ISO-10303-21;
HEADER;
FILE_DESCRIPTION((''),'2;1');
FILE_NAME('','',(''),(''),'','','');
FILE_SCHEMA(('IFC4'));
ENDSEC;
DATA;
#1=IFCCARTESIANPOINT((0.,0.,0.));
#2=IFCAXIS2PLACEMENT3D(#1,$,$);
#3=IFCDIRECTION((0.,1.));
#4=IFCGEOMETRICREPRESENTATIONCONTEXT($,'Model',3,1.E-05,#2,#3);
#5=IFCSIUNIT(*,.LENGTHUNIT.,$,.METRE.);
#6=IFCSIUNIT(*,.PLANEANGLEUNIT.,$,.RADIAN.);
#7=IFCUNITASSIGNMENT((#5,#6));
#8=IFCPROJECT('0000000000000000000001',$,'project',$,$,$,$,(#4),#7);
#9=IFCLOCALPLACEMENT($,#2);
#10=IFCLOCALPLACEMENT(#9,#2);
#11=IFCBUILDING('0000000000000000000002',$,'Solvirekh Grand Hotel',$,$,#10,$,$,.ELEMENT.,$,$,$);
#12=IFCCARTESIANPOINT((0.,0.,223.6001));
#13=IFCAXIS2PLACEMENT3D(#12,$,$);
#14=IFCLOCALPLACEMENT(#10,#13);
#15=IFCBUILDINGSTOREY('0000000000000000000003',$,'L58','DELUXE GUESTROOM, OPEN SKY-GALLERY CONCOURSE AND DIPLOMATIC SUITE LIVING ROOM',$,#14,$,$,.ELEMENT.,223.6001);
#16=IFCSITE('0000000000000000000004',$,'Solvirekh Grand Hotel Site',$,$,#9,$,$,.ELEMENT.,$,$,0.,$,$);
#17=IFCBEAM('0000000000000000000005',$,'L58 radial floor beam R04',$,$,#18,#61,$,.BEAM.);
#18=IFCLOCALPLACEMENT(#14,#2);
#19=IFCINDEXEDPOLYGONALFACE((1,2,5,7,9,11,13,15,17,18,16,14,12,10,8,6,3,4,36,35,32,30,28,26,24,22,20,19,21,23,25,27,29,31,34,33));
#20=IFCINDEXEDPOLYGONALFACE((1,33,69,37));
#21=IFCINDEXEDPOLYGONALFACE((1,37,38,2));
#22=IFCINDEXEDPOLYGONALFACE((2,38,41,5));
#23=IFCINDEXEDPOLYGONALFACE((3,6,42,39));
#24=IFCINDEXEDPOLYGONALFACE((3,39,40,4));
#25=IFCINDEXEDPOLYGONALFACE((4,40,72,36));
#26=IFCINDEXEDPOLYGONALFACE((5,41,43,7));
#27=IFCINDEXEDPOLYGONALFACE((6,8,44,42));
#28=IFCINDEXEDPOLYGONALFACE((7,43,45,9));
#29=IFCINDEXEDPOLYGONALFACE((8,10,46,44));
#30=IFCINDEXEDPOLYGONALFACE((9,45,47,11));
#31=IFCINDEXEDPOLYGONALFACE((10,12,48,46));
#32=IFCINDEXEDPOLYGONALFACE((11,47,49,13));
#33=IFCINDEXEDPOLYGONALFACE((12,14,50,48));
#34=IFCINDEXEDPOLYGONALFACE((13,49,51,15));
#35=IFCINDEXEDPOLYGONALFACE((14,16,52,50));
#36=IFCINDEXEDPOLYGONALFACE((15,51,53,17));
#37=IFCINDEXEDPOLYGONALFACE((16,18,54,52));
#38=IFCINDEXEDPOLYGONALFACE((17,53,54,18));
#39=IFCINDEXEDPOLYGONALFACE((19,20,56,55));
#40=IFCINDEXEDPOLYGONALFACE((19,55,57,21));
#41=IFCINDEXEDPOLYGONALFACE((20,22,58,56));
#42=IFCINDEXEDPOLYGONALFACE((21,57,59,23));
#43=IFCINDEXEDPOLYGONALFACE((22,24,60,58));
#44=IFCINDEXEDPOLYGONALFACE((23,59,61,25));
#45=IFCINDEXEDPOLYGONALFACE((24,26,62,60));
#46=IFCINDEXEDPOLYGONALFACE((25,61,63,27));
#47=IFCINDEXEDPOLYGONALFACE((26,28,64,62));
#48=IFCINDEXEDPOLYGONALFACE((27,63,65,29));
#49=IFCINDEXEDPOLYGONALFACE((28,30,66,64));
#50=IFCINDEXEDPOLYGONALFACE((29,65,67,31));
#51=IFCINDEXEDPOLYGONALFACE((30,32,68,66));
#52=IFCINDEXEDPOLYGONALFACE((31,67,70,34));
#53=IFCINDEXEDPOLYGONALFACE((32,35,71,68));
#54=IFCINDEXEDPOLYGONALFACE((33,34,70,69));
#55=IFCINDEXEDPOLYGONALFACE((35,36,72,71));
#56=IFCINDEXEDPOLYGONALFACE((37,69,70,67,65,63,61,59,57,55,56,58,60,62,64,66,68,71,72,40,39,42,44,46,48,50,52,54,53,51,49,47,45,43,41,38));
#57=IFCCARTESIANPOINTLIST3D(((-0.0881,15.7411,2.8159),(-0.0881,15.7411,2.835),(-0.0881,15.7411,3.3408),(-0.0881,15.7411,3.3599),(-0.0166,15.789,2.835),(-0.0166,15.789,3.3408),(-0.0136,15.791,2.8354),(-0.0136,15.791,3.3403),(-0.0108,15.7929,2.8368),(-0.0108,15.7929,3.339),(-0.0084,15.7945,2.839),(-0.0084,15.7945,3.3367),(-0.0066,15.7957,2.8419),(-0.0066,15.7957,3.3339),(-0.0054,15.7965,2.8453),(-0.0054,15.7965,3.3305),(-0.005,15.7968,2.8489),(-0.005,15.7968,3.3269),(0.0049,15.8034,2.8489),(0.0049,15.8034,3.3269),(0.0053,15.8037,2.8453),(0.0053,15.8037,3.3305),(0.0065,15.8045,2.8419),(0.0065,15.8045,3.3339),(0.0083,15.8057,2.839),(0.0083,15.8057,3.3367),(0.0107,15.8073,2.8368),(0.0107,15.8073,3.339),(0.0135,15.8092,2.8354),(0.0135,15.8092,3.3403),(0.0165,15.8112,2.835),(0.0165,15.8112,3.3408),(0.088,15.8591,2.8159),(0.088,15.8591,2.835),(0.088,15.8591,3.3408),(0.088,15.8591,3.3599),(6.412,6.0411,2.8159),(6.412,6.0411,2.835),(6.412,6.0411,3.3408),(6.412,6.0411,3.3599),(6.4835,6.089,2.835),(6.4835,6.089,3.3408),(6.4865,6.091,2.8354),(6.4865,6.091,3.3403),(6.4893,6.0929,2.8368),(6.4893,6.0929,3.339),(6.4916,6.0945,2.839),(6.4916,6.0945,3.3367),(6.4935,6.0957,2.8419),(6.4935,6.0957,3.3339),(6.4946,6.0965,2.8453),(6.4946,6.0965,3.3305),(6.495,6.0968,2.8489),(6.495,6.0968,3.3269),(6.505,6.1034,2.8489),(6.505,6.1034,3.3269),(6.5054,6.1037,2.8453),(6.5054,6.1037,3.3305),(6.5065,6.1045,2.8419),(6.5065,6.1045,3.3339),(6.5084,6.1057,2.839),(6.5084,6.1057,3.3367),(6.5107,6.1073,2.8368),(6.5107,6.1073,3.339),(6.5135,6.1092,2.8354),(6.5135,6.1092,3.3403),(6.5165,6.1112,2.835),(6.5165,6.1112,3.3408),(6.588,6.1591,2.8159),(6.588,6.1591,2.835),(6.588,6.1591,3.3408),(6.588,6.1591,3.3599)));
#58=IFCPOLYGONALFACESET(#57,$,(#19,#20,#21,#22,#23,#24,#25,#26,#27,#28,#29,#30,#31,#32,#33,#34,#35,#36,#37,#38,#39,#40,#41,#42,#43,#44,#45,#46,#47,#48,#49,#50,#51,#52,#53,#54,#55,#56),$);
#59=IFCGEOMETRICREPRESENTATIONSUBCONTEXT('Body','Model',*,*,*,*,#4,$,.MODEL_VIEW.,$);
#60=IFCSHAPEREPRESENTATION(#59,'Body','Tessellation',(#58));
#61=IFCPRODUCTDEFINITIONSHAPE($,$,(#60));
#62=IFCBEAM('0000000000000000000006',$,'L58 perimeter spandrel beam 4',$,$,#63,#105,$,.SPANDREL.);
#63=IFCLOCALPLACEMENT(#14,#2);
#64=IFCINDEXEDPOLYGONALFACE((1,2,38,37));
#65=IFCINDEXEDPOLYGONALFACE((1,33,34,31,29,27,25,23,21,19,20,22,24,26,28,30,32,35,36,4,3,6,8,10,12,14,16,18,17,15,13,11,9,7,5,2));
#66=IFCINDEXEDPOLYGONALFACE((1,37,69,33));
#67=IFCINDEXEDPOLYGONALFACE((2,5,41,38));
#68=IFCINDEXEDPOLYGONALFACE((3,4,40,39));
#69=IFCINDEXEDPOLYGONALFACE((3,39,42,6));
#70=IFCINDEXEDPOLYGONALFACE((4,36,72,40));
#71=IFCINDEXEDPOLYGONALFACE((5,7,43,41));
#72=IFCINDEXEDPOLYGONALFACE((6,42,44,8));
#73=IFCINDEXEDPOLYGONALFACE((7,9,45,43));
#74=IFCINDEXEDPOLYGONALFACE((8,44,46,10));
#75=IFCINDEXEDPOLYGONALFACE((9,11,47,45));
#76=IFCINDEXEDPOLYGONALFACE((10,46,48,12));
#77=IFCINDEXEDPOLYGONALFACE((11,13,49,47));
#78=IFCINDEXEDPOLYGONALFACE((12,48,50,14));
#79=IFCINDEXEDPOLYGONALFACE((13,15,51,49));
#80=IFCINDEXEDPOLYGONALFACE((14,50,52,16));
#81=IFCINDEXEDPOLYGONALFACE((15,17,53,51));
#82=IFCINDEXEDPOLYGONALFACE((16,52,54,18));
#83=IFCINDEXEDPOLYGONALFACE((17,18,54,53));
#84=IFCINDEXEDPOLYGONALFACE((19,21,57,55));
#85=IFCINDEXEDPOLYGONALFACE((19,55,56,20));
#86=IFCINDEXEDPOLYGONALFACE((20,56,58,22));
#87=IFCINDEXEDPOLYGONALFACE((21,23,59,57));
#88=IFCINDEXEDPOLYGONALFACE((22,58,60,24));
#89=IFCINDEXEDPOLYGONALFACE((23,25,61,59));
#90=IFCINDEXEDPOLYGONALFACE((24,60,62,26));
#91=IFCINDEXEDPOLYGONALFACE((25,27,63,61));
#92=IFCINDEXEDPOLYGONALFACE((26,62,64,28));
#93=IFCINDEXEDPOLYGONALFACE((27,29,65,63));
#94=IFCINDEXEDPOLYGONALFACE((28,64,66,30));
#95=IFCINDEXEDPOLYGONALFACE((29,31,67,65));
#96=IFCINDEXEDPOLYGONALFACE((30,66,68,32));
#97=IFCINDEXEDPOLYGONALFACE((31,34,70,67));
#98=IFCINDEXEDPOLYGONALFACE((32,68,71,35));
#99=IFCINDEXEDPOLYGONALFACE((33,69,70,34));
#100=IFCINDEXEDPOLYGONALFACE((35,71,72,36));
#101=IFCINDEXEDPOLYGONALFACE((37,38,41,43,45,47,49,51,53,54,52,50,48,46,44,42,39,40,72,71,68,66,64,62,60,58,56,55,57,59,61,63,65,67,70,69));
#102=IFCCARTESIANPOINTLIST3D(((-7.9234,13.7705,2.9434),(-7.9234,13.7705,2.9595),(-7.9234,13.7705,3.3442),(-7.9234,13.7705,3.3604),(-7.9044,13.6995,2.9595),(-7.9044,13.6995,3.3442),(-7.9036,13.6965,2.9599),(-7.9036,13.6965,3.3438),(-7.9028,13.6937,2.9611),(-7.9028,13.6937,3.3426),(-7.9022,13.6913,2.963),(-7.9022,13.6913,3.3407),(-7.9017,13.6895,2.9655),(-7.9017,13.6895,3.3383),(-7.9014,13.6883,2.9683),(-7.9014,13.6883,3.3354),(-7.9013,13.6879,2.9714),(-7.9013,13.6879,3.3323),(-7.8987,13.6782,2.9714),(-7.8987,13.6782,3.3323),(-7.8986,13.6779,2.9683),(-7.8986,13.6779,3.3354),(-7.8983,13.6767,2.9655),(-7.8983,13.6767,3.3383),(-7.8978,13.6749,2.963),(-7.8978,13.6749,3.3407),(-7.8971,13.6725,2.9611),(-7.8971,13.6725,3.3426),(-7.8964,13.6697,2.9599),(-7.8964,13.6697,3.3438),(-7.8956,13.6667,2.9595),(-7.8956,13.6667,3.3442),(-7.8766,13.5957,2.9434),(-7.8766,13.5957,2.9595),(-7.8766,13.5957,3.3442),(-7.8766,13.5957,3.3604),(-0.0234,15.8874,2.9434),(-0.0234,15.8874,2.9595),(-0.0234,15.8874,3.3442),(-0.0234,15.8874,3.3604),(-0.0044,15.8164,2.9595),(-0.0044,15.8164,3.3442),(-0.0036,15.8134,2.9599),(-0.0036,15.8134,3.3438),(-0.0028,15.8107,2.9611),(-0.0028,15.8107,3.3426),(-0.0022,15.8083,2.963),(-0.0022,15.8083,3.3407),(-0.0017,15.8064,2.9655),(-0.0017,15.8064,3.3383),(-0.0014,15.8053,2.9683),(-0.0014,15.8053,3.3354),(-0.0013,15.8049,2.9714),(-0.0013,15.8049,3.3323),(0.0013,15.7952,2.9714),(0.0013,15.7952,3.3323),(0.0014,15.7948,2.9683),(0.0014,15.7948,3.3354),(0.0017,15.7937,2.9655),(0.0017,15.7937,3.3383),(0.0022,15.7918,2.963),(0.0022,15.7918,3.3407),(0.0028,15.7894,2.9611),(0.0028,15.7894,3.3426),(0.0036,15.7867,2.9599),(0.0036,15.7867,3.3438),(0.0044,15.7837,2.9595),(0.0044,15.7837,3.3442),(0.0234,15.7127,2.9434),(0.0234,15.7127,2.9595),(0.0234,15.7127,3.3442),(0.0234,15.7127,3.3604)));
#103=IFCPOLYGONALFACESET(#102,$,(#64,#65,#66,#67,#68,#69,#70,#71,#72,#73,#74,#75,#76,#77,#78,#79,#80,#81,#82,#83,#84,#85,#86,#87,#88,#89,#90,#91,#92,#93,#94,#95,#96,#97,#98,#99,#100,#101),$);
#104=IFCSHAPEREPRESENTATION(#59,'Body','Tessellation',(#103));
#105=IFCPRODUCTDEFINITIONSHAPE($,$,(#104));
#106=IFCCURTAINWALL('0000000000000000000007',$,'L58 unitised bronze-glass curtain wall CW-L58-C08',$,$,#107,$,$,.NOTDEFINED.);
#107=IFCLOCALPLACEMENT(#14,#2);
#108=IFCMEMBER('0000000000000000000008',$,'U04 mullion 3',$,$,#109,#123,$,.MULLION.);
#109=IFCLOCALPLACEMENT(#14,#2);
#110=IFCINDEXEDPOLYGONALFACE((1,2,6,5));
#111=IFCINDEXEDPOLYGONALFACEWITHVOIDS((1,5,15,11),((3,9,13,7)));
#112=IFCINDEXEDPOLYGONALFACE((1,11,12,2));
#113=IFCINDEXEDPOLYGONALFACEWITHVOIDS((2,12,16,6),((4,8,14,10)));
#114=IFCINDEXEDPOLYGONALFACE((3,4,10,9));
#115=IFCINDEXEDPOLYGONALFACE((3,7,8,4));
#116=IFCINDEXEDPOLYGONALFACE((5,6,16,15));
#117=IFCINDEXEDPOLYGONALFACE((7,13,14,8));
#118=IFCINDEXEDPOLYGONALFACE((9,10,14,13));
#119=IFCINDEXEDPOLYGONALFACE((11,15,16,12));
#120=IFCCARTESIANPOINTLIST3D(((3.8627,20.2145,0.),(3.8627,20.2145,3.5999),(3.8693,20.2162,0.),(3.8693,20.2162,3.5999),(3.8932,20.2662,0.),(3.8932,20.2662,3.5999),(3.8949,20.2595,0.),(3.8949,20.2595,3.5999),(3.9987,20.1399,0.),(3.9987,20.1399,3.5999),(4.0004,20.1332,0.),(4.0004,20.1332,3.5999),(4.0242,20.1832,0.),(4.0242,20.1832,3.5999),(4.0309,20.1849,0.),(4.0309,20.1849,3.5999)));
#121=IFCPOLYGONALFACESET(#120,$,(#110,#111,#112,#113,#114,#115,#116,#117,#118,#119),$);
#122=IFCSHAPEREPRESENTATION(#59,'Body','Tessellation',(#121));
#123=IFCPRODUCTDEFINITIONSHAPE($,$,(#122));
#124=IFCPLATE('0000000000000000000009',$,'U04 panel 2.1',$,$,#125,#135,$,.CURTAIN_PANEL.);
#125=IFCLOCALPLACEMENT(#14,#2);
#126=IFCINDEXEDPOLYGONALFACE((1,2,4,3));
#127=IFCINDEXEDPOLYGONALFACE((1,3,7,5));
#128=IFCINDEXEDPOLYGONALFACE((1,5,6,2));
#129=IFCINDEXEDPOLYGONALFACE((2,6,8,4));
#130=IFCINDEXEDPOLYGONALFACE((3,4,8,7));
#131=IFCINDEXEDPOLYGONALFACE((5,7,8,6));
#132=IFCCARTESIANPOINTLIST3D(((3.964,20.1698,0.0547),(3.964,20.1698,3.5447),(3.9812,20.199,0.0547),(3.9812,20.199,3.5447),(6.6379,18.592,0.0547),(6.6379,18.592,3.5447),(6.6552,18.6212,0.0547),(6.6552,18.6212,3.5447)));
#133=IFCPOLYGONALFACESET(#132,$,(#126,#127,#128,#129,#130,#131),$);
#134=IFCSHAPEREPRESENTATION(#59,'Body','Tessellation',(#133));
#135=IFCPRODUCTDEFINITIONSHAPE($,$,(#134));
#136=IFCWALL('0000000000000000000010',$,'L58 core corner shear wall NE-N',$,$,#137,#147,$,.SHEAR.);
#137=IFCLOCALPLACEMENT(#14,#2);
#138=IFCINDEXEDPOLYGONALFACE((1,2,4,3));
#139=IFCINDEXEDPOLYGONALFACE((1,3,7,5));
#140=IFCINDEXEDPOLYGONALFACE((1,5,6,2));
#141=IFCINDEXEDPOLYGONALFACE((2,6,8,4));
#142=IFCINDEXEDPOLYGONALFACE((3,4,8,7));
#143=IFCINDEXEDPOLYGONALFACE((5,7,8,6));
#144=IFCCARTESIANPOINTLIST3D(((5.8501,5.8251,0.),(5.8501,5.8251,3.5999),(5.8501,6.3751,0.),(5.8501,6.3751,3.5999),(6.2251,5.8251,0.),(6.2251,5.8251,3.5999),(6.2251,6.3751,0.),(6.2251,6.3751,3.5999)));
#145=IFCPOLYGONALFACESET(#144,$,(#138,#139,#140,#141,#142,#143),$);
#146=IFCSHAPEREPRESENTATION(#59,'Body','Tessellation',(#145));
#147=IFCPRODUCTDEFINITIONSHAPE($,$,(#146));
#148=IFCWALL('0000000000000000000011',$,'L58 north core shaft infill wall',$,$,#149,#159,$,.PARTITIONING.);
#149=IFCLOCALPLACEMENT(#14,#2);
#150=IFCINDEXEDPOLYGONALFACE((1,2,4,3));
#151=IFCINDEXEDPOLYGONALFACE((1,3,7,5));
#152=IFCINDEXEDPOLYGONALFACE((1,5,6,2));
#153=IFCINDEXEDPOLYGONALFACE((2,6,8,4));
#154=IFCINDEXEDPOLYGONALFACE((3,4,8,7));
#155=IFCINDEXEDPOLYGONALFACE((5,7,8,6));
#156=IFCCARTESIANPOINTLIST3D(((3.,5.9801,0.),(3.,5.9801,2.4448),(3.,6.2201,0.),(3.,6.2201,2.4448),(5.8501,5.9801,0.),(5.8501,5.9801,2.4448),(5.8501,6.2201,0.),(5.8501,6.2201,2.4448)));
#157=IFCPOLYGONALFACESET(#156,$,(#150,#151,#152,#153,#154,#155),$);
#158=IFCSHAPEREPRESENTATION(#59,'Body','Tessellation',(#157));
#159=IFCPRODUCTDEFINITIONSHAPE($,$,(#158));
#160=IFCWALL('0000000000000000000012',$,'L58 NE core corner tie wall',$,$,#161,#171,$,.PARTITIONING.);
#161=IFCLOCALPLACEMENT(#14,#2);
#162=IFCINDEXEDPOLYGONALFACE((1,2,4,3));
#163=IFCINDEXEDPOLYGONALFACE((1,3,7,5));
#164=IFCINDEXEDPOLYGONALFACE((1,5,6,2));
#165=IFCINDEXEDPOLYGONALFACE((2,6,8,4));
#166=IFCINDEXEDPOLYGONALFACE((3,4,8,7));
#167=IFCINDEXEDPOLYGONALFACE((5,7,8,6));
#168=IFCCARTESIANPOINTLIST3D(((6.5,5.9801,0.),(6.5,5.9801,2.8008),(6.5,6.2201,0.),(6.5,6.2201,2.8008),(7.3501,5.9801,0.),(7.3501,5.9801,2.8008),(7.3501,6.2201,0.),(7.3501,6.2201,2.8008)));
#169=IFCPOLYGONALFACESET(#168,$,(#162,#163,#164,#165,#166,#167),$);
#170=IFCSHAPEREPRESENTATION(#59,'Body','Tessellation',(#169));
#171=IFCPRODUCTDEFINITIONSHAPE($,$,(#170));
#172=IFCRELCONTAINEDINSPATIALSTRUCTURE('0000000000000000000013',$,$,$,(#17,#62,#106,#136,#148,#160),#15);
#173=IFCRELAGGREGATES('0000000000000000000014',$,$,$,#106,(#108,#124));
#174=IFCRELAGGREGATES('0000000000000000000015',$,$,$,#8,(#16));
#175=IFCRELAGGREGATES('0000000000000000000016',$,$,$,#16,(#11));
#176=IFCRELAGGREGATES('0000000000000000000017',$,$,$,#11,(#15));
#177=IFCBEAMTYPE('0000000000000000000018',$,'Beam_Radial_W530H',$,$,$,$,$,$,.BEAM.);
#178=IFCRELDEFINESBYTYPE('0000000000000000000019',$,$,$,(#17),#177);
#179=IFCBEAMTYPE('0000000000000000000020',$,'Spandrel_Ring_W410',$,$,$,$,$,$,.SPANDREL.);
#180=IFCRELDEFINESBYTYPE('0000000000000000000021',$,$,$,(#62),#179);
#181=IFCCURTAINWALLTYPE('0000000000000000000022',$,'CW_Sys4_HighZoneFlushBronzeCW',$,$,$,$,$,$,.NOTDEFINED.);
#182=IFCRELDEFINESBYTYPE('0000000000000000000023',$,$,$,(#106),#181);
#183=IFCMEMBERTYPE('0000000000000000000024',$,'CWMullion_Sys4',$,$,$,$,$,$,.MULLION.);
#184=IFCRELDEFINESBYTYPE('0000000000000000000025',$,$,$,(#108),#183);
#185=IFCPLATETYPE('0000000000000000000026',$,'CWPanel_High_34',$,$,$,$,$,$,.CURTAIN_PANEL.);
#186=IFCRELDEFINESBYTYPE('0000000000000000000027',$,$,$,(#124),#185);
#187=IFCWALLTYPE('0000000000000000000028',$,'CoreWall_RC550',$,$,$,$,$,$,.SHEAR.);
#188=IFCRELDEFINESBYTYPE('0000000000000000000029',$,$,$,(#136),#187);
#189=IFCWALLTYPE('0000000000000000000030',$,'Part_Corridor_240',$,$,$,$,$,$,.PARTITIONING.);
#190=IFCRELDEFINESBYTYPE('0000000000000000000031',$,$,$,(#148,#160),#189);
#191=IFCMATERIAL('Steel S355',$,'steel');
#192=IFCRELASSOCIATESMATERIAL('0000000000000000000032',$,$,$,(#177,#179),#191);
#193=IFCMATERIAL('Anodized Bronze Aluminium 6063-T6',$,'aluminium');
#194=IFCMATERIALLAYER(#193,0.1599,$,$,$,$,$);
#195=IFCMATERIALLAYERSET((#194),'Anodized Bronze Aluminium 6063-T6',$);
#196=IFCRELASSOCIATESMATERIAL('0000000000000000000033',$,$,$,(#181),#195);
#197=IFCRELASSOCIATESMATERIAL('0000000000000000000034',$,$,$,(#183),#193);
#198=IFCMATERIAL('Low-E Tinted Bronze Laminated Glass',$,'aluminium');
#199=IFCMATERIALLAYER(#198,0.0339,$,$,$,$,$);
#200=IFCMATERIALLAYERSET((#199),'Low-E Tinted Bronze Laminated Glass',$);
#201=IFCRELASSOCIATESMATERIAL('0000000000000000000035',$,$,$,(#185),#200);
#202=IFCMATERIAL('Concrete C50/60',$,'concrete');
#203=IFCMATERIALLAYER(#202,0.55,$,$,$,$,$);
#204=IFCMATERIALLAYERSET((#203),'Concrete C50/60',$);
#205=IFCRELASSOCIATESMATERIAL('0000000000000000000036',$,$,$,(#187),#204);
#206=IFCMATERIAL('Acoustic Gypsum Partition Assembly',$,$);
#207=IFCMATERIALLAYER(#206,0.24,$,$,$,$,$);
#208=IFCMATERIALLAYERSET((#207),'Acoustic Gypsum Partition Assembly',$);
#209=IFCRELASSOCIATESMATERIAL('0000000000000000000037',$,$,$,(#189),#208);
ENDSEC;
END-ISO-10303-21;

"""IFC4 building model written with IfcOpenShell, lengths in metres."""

from ifc_helpers import new_model, si_unit, direction, frame, frame_2d, origin, origin_2d, place, context, subcontext, project, spatial, rectangle, hollow_rectangle, i_section, extrude, source, transform, mapped, material, layer, layer_set, material_profile, profile_set, type_object, element, aggregate, save


model = new_model("IFC4")

# Units and contexts
model_context = context("Model", 3, precision=1e-05, world=origin(), true_north=direction((0.0, 1.0)))
body_context = subcontext(model_context, "Body", "Model", "MODEL_VIEW")
ifc_project = project(units=[si_unit("LENGTHUNIT", "METRE"), si_unit("PLANEANGLEUNIT", "RADIAN")], contexts=[model_context])

# Site, building, storey
site_placement = place(None, origin())
site = spatial("IfcSite", under=ifc_project, at=site_placement, Name="Solvirekh Grand Hotel Site", CompositionType="ELEMENT", RefElevation=0.0)
building_placement = place(site_placement, origin())
building = spatial("IfcBuilding", under=site, at=building_placement, Name="Solvirekh Grand Hotel", CompositionType="ELEMENT")
storey_placement = place(building_placement, frame((0.0, 0.0, 223.6001)))
storey = spatial("IfcBuildingStorey", under=building, at=storey_placement, Name="L58", Description="DELUXE GUESTROOM, OPEN SKY-GALLERY CONCOURSE AND DIPLOMATIC SUITE LIVING ROOM", CompositionType="ELEMENT", Elevation=223.6001)

# Shared definitions
ifc_material_1 = material(Name="Concrete C50/60", Category="concrete")

# Beams
ifc_material_2 = material(Name="Steel S355", Category="steel")
ifc_material_profile_1 = material_profile(ifc_material_2, i_section(OverallWidth=0.2119, OverallDepth=0.5439, WebThickness=0.012, FlangeThickness=0.019, FilletRadius=0.0139, at=origin_2d()), Name="W530X123")
ifc_profile_set_1 = profile_set([ifc_material_profile_1], Name="Steel S355")
beam_type_1 = type_object("IfcBeamType", Name="Beam_Radial_W530H", PredefinedType="BEAM", material=ifc_profile_set_1)
beam_1_placement = place(storey_placement, frame((6.5, 6.1001, 3.0879), z_axis=(-0.556677, 0.830729, 0.0), x_axis=(-0.830729, -0.556677, 0.0)))
element("IfcBeam", 1, at=beam_1_placement, inside=storey, type_object=beam_type_1, Name="L58 radial floor beam R04", PredefinedType="BEAM", context=body_context, shape_type="SweptSolid", body=[
    extrude(i_section(OverallWidth=0.2119, OverallDepth=0.5439, WebThickness=0.012, FlangeThickness=0.019, FilletRadius=0.0139, at=origin_2d()), origin(), (0.0, 0.0, 1.0), 11.6765),
])
ifc_material_profile_2 = material_profile(ifc_material_2, i_section(OverallWidth=0.1809, OverallDepth=0.417, WebThickness=0.01, FlangeThickness=0.0161, FilletRadius=0.012, at=origin_2d()), Name="W410X85")
ifc_profile_set_2 = profile_set([ifc_material_profile_2], Name="Steel S355")
beam_type_2 = type_object("IfcBeamType", Name="Spandrel_Ring_W410", PredefinedType="SPANDREL", material=ifc_profile_set_2)
beam_2_placement = place(storey_placement, frame((0.0, 15.8, 3.1519), z_axis=(-0.965921, -0.258839, 0.0), x_axis=(0.258839, -0.965921, 0.0)))
element("IfcBeam", 2, at=beam_2_placement, inside=storey, type_object=beam_type_2, Name="L58 perimeter spandrel beam 4", PredefinedType="SPANDREL", context=body_context, shape_type="SweptSolid", body=[
    extrude(i_section(OverallWidth=0.1809, OverallDepth=0.417, WebThickness=0.01, FlangeThickness=0.0161, FilletRadius=0.012, at=origin_2d()), origin(), (0.0, 0.0, 1.0), 8.1787),
])

# Curtain wall, member, plate
ifc_material_3 = material(Name="Anodized Bronze Aluminium 6063-T6", Category="aluminium")
ifc_layer_1 = layer(ifc_material_3, 0.1599)
ifc_layer_set_1 = layer_set([ifc_layer_1], Name="Anodized Bronze Aluminium 6063-T6")
curtain_wall_type = type_object("IfcCurtainWallType", Name="CW_Sys4_HighZoneFlushBronzeCW", PredefinedType="NOTDEFINED", material=ifc_layer_set_1)
curtain_wall_placement = place(storey_placement, origin())
curtain_wall = element("IfcCurtainWall", 3, at=curtain_wall_placement, inside=storey, type_object=curtain_wall_type, Name="L58 unitised bronze-glass curtain wall CW-L58-C08", PredefinedType="NOTDEFINED")
ifc_material_profile_3 = material_profile(ifc_material_3, hollow_rectangle(XDim=0.0601, YDim=0.1599, WallThickness=0.0049, at=origin_2d()), Name="ALU RHS 160X60X5")
ifc_profile_set_3 = profile_set([ifc_material_profile_3], Name="Anodized Bronze Aluminium 6063-T6")
member_type = type_object("IfcMemberType", Name="CWMullion_Sys4", PredefinedType="MULLION", material=ifc_profile_set_3)
shared_shape_1 = source(origin(), body_context, "Body", "SweptSolid", [
    extrude(hollow_rectangle(XDim=0.0601, YDim=0.1599, WallThickness=0.0049, at=origin_2d()), origin(), (0.0, 0.0, 1.0), 3.5999),
])
member_placement = place(storey_placement, frame((3.9468, 20.1997, 0.0), z_axis=(0.0, 0.0, 1.0), x_axis=(-0.508176, -0.861254, 0.0)))
member = element("IfcMember", 4, at=member_placement, type_object=member_type, Name="U04 mullion 3", PredefinedType="MULLION", context=body_context, shape_type="MappedRepresentation", body=[
    mapped(shared_shape_1, transform((0.0, 0.0, 0.0), x_axis=(1.0, 0.0, 0.0), y_axis=(0.0, 1.0, 0.0), z_axis=(0.0, 0.0, 1.0), scale=1.0)),
])
ifc_material_4 = material(Name="Low-E Tinted Bronze Laminated Glass", Category="aluminium")
ifc_layer_2 = layer(ifc_material_4, 0.0339)
ifc_layer_set_2 = layer_set([ifc_layer_2], Name="Low-E Tinted Bronze Laminated Glass")
plate_type = type_object("IfcPlateType", Name="CWPanel_High_34", PredefinedType="CURTAIN_PANEL", material=ifc_layer_set_2)
shared_shape_2 = source(origin(), body_context, "Body", "SweptSolid", [
    extrude(rectangle(XDim=3.1047, YDim=0.0339, at=origin_2d()), origin(), (0.0, 0.0, 1.0), 3.49),
])
plate_placement = place(storey_placement, frame((5.3096, 19.3955, 0.0547), z_axis=(0.0, 0.0, 1.0), x_axis=(-0.861254, 0.508176, 0.0)))
plate = element("IfcPlate", 5, at=plate_placement, type_object=plate_type, Name="U04 panel 2.1", PredefinedType="CURTAIN_PANEL", context=body_context, shape_type="MappedRepresentation", body=[
    mapped(shared_shape_2, transform((0.0, 0.0, 0.0), x_axis=(1.0, 0.0, 0.0), y_axis=(0.0, 1.0, 0.0), z_axis=(0.0, 0.0, 1.0), scale=1.0)),
])
aggregate(curtain_wall, [member, plate])

# Walls
ifc_layer_3 = layer(ifc_material_1, 0.55)
ifc_layer_set_3 = layer_set([ifc_layer_3], Name="Concrete C50/60")
wall_type_1 = type_object("IfcWallType", Name="CoreWall_RC550", PredefinedType="SHEAR", material=ifc_layer_set_3)
wall_1_placement = place(storey_placement, frame((5.8501, 6.1001, 0.0), z_axis=(0.0, 0.0, 1.0), x_axis=(1.0, 0.0, 0.0)))
element("IfcWall", 6, at=wall_1_placement, inside=storey, type_object=wall_type_1, Name="L58 core corner shear wall NE-N", PredefinedType="SHEAR", context=body_context, shape_type="SweptSolid", body=[
    extrude(rectangle(XDim=0.375, YDim=0.55, at=frame_2d((0.1875, 0.0))), origin(), (0.0, 0.0, 1.0), 3.5999),
])
ifc_material_5 = material(Name="Acoustic Gypsum Partition Assembly")
ifc_layer_4 = layer(ifc_material_5, 0.24)
ifc_layer_set_4 = layer_set([ifc_layer_4], Name="Acoustic Gypsum Partition Assembly")
wall_type_2 = type_object("IfcWallType", Name="Part_Corridor_240", PredefinedType="PARTITIONING", material=ifc_layer_set_4)
wall_2_placement = place(storey_placement, frame((3.0, 6.1001, 0.0), z_axis=(0.0, 0.0, 1.0), x_axis=(1.0, 0.0, 0.0)))
element("IfcWall", 7, at=wall_2_placement, inside=storey, type_object=wall_type_2, Name="L58 north core shaft infill wall", PredefinedType="PARTITIONING", context=body_context, shape_type="SweptSolid", body=[
    extrude(rectangle(XDim=2.8501, YDim=0.24, at=frame_2d((1.425, 0.0))), origin(), (0.0, 0.0, 1.0), 2.4448),
])
wall_3_placement = place(storey_placement, frame((6.5, 6.1001, 0.0), z_axis=(0.0, 0.0, 1.0), x_axis=(1.0, 0.0, 0.0)))
element("IfcWall", 8, at=wall_3_placement, inside=storey, type_object=wall_type_2, Name="L58 NE core corner tie wall", PredefinedType="PARTITIONING", context=body_context, shape_type="SweptSolid", body=[
    extrude(rectangle(XDim=0.8501, YDim=0.24, at=frame_2d((0.425, 0.0))), origin(), (0.0, 0.0, 1.0), 2.8008),
])

save(model, "model.ifc")
